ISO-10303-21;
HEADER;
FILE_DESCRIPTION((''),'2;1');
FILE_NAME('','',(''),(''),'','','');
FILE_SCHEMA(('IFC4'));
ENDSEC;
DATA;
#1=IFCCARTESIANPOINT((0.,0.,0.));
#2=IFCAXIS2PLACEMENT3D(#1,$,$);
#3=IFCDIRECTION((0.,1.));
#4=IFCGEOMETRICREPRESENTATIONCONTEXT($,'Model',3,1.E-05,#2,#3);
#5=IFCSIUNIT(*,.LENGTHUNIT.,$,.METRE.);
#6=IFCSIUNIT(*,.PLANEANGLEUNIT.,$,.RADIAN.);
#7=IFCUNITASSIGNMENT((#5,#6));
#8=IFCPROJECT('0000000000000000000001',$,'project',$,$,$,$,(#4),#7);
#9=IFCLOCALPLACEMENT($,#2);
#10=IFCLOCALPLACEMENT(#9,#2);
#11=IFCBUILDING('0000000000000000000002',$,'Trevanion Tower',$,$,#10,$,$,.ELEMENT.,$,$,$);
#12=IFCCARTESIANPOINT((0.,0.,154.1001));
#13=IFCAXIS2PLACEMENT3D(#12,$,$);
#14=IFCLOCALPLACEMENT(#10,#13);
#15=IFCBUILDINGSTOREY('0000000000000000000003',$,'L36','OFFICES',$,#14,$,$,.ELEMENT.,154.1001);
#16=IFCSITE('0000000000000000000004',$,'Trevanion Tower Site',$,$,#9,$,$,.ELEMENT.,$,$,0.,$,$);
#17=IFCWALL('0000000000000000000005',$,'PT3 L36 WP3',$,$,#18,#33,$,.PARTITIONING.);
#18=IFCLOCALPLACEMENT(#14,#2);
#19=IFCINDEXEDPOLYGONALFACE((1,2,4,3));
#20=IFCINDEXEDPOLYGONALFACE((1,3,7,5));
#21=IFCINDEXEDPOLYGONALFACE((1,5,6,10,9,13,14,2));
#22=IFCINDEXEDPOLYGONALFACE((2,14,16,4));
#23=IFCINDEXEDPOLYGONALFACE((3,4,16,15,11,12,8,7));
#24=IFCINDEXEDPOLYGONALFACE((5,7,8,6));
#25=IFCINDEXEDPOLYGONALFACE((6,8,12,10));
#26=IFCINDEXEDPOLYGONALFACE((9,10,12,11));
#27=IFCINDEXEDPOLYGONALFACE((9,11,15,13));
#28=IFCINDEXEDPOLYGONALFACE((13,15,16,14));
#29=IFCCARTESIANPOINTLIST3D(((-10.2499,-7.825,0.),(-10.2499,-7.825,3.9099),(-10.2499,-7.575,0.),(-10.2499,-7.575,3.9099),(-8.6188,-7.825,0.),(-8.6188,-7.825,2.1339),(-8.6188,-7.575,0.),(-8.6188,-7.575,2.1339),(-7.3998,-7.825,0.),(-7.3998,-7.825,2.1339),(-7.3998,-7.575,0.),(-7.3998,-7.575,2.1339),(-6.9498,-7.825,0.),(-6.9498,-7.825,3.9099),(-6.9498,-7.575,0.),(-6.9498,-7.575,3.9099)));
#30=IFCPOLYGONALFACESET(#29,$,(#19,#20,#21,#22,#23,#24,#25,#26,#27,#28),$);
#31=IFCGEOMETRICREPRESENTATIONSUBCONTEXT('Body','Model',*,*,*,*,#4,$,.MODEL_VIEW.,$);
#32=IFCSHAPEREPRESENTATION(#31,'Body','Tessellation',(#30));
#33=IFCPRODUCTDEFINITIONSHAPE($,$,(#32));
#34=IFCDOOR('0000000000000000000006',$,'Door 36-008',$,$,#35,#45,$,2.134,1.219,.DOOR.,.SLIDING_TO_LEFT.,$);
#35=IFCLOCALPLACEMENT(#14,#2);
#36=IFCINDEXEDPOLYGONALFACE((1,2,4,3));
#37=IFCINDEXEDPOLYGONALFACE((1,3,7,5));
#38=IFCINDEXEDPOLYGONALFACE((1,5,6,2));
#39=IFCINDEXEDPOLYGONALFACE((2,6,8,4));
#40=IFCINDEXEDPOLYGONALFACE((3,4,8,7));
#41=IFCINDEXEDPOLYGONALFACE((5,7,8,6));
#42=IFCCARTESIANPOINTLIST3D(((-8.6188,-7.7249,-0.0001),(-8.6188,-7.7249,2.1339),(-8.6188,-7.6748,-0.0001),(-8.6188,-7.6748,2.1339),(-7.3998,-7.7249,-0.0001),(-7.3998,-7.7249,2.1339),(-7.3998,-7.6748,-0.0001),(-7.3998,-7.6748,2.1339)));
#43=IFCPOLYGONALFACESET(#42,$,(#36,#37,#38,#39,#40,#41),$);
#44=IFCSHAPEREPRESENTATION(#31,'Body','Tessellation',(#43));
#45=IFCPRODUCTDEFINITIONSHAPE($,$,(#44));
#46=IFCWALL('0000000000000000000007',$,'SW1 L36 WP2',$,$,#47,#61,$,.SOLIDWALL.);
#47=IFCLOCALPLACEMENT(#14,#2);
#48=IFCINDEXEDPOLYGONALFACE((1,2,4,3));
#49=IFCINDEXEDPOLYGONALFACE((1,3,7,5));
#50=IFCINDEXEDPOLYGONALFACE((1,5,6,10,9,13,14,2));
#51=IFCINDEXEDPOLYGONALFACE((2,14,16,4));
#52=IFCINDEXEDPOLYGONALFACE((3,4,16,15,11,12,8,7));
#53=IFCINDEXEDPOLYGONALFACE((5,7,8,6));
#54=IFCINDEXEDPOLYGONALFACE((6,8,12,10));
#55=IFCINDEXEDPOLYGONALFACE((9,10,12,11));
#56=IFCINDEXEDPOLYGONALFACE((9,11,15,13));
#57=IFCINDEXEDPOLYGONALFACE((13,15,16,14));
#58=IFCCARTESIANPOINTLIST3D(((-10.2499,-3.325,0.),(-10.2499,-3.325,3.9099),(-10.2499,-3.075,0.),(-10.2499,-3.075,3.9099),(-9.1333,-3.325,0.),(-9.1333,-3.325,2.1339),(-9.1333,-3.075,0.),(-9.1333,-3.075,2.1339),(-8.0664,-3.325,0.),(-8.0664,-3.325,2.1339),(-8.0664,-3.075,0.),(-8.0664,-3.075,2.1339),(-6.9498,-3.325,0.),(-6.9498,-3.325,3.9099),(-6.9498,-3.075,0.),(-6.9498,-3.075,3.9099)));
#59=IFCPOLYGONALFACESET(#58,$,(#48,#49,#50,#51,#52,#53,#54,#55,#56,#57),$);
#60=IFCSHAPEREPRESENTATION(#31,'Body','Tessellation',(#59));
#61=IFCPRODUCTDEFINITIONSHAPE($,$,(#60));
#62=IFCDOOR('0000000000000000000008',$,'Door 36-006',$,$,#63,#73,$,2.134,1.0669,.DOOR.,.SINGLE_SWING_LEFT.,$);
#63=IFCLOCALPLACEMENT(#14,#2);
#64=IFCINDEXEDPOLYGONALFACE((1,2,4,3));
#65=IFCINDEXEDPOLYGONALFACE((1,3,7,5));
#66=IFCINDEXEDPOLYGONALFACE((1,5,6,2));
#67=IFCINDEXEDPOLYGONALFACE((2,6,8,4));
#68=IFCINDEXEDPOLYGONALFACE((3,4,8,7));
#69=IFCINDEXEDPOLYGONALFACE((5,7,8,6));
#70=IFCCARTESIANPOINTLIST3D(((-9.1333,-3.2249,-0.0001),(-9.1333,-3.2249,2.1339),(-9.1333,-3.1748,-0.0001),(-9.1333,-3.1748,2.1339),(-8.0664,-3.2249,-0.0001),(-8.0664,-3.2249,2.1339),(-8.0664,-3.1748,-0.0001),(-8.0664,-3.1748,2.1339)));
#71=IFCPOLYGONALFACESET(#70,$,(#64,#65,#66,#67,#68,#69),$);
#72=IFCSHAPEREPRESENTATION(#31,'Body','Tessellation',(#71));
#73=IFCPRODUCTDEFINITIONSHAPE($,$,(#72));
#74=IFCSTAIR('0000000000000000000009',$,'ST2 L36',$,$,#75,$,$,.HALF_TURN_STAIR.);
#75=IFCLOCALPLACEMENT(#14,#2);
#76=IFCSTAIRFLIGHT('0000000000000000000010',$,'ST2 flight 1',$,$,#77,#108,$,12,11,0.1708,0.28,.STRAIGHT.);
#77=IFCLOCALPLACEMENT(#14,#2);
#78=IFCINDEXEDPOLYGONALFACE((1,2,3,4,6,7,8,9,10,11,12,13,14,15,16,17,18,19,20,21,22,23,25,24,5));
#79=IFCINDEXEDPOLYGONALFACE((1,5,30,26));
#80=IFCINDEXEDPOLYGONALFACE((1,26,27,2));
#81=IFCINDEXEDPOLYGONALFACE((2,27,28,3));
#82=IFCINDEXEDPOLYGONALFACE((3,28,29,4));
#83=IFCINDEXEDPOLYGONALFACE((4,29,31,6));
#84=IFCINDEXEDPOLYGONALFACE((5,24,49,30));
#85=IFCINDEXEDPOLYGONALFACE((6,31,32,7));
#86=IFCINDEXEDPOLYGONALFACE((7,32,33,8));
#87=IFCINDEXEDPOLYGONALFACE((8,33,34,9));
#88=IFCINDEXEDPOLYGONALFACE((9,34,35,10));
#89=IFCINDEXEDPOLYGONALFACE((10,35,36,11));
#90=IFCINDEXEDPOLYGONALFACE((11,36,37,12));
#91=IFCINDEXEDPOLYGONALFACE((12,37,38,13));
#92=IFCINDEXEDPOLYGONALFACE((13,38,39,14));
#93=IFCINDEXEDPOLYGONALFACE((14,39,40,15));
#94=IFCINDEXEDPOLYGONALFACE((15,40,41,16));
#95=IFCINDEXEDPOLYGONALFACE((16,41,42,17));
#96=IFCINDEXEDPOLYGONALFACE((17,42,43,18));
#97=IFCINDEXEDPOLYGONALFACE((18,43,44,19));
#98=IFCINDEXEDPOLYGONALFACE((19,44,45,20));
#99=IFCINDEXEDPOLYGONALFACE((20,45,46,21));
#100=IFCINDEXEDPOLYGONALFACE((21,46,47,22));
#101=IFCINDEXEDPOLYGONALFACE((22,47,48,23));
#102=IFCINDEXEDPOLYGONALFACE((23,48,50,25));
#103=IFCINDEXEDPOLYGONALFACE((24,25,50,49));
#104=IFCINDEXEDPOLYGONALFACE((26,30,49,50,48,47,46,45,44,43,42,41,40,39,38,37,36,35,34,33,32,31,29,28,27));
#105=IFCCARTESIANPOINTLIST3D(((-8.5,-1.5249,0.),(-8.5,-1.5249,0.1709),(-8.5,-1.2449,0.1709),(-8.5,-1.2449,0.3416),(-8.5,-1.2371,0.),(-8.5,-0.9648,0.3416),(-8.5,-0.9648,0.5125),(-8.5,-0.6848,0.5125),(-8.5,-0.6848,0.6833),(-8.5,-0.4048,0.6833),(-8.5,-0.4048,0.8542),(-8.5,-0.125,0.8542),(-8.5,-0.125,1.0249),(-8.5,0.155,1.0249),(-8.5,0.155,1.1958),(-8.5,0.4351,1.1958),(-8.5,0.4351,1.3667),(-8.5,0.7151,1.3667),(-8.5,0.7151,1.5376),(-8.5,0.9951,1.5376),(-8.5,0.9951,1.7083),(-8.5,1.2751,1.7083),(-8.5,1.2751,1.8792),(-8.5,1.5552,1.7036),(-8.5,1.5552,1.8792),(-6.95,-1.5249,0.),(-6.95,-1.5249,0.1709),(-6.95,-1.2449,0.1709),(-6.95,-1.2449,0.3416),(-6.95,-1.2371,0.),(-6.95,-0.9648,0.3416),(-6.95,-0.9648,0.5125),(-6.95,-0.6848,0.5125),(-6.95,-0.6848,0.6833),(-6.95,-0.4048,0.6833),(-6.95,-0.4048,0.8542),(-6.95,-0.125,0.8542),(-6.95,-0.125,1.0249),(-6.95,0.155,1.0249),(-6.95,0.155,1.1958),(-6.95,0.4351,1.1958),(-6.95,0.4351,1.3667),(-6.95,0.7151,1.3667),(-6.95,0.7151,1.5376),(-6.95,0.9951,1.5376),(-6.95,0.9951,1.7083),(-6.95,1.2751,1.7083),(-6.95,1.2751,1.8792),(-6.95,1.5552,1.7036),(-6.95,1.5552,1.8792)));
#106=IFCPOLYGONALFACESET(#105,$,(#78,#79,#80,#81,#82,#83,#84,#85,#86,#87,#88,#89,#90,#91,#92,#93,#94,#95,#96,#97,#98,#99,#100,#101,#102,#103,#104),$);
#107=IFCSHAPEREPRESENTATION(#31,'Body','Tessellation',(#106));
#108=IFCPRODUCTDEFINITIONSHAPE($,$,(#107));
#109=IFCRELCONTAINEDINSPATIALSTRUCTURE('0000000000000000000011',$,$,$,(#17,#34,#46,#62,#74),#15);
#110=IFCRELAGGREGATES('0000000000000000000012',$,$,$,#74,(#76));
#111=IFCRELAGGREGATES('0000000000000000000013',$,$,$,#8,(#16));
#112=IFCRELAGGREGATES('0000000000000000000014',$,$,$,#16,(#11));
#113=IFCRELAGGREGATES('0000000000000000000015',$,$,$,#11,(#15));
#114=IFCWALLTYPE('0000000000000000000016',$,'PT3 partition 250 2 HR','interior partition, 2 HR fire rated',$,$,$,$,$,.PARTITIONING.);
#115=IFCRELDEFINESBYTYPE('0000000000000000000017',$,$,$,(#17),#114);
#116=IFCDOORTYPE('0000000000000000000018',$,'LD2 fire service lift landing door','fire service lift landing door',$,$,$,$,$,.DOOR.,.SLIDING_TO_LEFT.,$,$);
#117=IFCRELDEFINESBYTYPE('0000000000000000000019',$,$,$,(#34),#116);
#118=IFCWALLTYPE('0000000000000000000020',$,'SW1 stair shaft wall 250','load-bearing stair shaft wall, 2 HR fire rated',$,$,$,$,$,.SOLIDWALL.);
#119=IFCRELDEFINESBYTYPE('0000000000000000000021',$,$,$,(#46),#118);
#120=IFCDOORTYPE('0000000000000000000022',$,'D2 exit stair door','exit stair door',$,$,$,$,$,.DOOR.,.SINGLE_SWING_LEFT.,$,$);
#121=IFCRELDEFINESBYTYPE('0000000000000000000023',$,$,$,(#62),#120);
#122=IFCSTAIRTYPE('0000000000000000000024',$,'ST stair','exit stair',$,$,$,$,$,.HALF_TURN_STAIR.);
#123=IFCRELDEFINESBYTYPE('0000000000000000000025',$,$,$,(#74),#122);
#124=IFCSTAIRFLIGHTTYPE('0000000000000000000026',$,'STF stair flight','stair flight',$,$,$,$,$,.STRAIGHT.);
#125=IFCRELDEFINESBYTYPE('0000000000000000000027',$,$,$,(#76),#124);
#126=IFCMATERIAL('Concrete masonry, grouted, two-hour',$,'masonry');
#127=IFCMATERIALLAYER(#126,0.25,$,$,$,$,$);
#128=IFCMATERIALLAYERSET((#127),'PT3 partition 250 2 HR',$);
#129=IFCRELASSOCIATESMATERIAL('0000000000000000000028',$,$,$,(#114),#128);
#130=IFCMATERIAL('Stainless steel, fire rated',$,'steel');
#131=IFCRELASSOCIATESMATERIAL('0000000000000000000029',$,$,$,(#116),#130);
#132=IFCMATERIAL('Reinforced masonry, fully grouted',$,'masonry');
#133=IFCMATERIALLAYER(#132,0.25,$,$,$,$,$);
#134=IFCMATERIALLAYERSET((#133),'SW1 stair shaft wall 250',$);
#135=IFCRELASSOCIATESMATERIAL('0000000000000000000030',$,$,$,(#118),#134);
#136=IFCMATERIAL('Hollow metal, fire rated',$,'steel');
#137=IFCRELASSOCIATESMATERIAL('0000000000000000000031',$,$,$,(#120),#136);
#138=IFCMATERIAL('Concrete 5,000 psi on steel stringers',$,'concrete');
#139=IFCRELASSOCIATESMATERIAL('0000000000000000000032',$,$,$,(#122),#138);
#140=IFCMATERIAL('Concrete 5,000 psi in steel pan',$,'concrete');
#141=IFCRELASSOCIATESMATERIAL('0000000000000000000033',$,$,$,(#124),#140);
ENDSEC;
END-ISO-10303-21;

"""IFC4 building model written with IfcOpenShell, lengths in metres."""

from ifc_helpers import new_model, si_unit, direction, frame, frame_2d, origin, place, context, subcontext, project, spatial, polyline, rectangle, outline, extrude, material, layer, layer_set, type_object, element, fill, aggregate, save


model = new_model("IFC4")

# Units and contexts
model_context = context("Model", 3, precision=1e-05, world=origin(), true_north=direction((0.0, 1.0)))
body_context = subcontext(model_context, "Body", "Model", "MODEL_VIEW")
ifc_project = project(units=[si_unit("LENGTHUNIT", "METRE"), si_unit("PLANEANGLEUNIT", "RADIAN")], contexts=[model_context])

# Site, building, storey
site_placement = place(None, origin())
site = spatial("IfcSite", under=ifc_project, at=site_placement, Name="Trevanion Tower Site", CompositionType="ELEMENT", RefElevation=0.0)
building_placement = place(site_placement, origin())
building = spatial("IfcBuilding", under=site, at=building_placement, Name="Trevanion Tower", CompositionType="ELEMENT")
storey_placement = place(building_placement, frame((0.0, 0.0, 154.1001)))
storey = spatial("IfcBuildingStorey", under=building, at=storey_placement, Name="L36", Description="OFFICES", CompositionType="ELEMENT", Elevation=154.1001)

# Walls, openings, doors
ifc_material_1 = material(Name="Concrete masonry, grouted, two-hour", Category="masonry")
ifc_layer_1 = layer(ifc_material_1, 0.25)
ifc_layer_set_1 = layer_set([ifc_layer_1], Name="PT3 partition 250 2 HR")
wall_type_1 = type_object("IfcWallType", Name="PT3 partition 250 2 HR", Description="interior partition, 2 HR fire rated", PredefinedType="PARTITIONING", material=ifc_layer_set_1)
wall_1_placement = place(storey_placement, frame((-6.95, -7.7, 0.0), z_axis=(0.0, 0.0, 1.0), x_axis=(-1.0, 0.0, 0.0)))
wall_1 = element("IfcWall", 1, at=wall_1_placement, inside=storey, type_object=wall_type_1, Name="PT3 L36 WP3", PredefinedType="PARTITIONING", context=body_context, shape_type="SweptSolid", body=[
    extrude(rectangle(XDim=3.3, YDim=0.25, at=frame_2d((1.6499, 0.0))), origin(), (0.0, 0.0, 1.0), 3.9099),
])
opening_1_placement = place(wall_1_placement, frame((0.45, 0.0, 0.0)))
opening_1 = element("IfcOpeningElement", 2, at=opening_1_placement, cuts=wall_1, PredefinedType="OPENING", context=body_context, shape_type="SweptSolid", body=[
    extrude(rectangle(XDim=1.219, YDim=2.134, at=frame_2d((0.6094, 1.0669))), frame((0.0, 0.135, 0.0), z_axis=(0.0, -1.0, 0.0), x_axis=(1.0, 0.0, 0.0)), (0.0, 0.0, 1.0), 0.27),
])
ifc_material_2 = material(Name="Stainless steel, fire rated", Category="steel")
door_type_1 = type_object("IfcDoorType", Name="LD2 fire service lift landing door", Description="fire service lift landing door", OperationType="SLIDING_TO_LEFT", PredefinedType="DOOR", material=ifc_material_2)
door_1_placement = place(opening_1_placement, origin())
door_1 = element("IfcDoor", 3, at=door_1_placement, inside=storey, type_object=door_type_1, Name="Door 36-008", OperationType="SLIDING_TO_LEFT", OverallHeight=2.134, OverallWidth=1.219, PredefinedType="DOOR", context=body_context, shape_type="SweptSolid", body=[
    extrude(rectangle(XDim=1.219, YDim=2.134, at=frame_2d((0.6094, 1.0669))), frame((0.0, 0.0249, 0.0), z_axis=(0.0, -1.0, 0.0), x_axis=(1.0, 0.0, 0.0)), (0.0, 0.0, 1.0), 0.05),
])
fill(opening_1, door_1)
ifc_material_3 = material(Name="Reinforced masonry, fully grouted", Category="masonry")
ifc_layer_2 = layer(ifc_material_3, 0.25)
ifc_layer_set_2 = layer_set([ifc_layer_2], Name="SW1 stair shaft wall 250")
wall_type_2 = type_object("IfcWallType", Name="SW1 stair shaft wall 250", Description="load-bearing stair shaft wall, 2 HR fire rated", PredefinedType="SOLIDWALL", material=ifc_layer_set_2)
wall_2_placement = place(storey_placement, frame((-6.95, -3.2, 0.0), z_axis=(0.0, 0.0, 1.0), x_axis=(-1.0, 0.0, 0.0)))
wall_2 = element("IfcWall", 4, at=wall_2_placement, inside=storey, type_object=wall_type_2, Name="SW1 L36 WP2", PredefinedType="SOLIDWALL", context=body_context, shape_type="SweptSolid", body=[
    extrude(rectangle(XDim=3.3, YDim=0.25, at=frame_2d((1.6499, 0.0))), origin(), (0.0, 0.0, 1.0), 3.9099),
])
opening_2_placement = place(wall_2_placement, frame((1.1165, 0.0, 0.0)))
opening_2 = element("IfcOpeningElement", 5, at=opening_2_placement, cuts=wall_2, PredefinedType="OPENING", context=body_context, shape_type="SweptSolid", body=[
    extrude(rectangle(XDim=1.0669, YDim=2.134, at=frame_2d((0.5334, 1.0669))), frame((0.0, 0.135, 0.0), z_axis=(0.0, -1.0, 0.0), x_axis=(1.0, 0.0, 0.0)), (0.0, 0.0, 1.0), 0.27),
])
ifc_material_4 = material(Name="Hollow metal, fire rated", Category="steel")
door_type_2 = type_object("IfcDoorType", Name="D2 exit stair door", Description="exit stair door", OperationType="SINGLE_SWING_LEFT", PredefinedType="DOOR", material=ifc_material_4)
door_2_placement = place(opening_2_placement, origin())
door_2 = element("IfcDoor", 6, at=door_2_placement, inside=storey, type_object=door_type_2, Name="Door 36-006", OperationType="SINGLE_SWING_LEFT", OverallHeight=2.134, OverallWidth=1.0669, PredefinedType="DOOR", context=body_context, shape_type="SweptSolid", body=[
    extrude(rectangle(XDim=1.0669, YDim=2.134, at=frame_2d((0.5334, 1.0669))), frame((0.0, 0.0249, 0.0), z_axis=(0.0, -1.0, 0.0), x_axis=(1.0, 0.0, 0.0)), (0.0, 0.0, 1.0), 0.05),
])
fill(opening_2, door_2)

# Stair, stair flight
ifc_material_5 = material(Name="Concrete 5,000 psi on steel stringers", Category="concrete")
stair_type = type_object("IfcStairType", Name="ST stair", Description="exit stair", PredefinedType="HALF_TURN_STAIR", material=ifc_material_5)
stair_placement = place(storey_placement, origin())
stair = element("IfcStair", 7, at=stair_placement, inside=storey, type_object=stair_type, Name="ST2 L36", PredefinedType="HALF_TURN_STAIR")
ifc_material_6 = material(Name="Concrete 5,000 psi in steel pan", Category="concrete")
stair_flight_type = type_object("IfcStairFlightType", Name="STF stair flight", Description="stair flight", PredefinedType="STRAIGHT", material=ifc_material_6)
stair_flight_placement = place(storey_placement, frame((-7.7251, -1.5249, 0.0), z_axis=(0.0, 0.0, 1.0), x_axis=(0.0, 1.0, 0.0)))
stair_flight = element("IfcStairFlight", 8, at=stair_flight_placement, type_object=stair_flight_type, Name="ST2 flight 1", NumberOfRisers=12, NumberOfTreads=11, PredefinedType="STRAIGHT", RiserHeight=0.1708, TreadLength=0.28, context=body_context, shape_type="SweptSolid", body=[
    extrude(outline(polyline([(0.0, 0.0), (0.0, 0.1709), (0.28, 0.1709), (0.28, 0.3416), (0.5601, 0.3416), (0.5601, 0.5125), (0.8401, 0.5125), (0.8401, 0.6833), (1.1201, 0.6833), (1.1201, 0.8542), (1.3999, 0.8542), (1.3999, 1.0249), (1.6799, 1.0249), (1.6799, 1.1958), (1.96, 1.1958), (1.96, 1.3667), (2.24, 1.3667), (2.24, 1.5376), (2.52, 1.5376), (2.52, 1.7083), (2.8, 1.7083), (2.8, 1.8792), (3.0801, 1.8792), (3.0801, 2.05), (3.0801, 1.7036), (0.2878, 0.0), (0.0, 0.0)])), frame((0.0, 0.7749, 0.0), z_axis=(0.0, -1.0, 0.0), x_axis=(1.0, 0.0, 0.0)), (0.0, 0.0, 1.0), 1.55),
])
aggregate(stair, [stair_flight])

save(model, "model.ifc")
